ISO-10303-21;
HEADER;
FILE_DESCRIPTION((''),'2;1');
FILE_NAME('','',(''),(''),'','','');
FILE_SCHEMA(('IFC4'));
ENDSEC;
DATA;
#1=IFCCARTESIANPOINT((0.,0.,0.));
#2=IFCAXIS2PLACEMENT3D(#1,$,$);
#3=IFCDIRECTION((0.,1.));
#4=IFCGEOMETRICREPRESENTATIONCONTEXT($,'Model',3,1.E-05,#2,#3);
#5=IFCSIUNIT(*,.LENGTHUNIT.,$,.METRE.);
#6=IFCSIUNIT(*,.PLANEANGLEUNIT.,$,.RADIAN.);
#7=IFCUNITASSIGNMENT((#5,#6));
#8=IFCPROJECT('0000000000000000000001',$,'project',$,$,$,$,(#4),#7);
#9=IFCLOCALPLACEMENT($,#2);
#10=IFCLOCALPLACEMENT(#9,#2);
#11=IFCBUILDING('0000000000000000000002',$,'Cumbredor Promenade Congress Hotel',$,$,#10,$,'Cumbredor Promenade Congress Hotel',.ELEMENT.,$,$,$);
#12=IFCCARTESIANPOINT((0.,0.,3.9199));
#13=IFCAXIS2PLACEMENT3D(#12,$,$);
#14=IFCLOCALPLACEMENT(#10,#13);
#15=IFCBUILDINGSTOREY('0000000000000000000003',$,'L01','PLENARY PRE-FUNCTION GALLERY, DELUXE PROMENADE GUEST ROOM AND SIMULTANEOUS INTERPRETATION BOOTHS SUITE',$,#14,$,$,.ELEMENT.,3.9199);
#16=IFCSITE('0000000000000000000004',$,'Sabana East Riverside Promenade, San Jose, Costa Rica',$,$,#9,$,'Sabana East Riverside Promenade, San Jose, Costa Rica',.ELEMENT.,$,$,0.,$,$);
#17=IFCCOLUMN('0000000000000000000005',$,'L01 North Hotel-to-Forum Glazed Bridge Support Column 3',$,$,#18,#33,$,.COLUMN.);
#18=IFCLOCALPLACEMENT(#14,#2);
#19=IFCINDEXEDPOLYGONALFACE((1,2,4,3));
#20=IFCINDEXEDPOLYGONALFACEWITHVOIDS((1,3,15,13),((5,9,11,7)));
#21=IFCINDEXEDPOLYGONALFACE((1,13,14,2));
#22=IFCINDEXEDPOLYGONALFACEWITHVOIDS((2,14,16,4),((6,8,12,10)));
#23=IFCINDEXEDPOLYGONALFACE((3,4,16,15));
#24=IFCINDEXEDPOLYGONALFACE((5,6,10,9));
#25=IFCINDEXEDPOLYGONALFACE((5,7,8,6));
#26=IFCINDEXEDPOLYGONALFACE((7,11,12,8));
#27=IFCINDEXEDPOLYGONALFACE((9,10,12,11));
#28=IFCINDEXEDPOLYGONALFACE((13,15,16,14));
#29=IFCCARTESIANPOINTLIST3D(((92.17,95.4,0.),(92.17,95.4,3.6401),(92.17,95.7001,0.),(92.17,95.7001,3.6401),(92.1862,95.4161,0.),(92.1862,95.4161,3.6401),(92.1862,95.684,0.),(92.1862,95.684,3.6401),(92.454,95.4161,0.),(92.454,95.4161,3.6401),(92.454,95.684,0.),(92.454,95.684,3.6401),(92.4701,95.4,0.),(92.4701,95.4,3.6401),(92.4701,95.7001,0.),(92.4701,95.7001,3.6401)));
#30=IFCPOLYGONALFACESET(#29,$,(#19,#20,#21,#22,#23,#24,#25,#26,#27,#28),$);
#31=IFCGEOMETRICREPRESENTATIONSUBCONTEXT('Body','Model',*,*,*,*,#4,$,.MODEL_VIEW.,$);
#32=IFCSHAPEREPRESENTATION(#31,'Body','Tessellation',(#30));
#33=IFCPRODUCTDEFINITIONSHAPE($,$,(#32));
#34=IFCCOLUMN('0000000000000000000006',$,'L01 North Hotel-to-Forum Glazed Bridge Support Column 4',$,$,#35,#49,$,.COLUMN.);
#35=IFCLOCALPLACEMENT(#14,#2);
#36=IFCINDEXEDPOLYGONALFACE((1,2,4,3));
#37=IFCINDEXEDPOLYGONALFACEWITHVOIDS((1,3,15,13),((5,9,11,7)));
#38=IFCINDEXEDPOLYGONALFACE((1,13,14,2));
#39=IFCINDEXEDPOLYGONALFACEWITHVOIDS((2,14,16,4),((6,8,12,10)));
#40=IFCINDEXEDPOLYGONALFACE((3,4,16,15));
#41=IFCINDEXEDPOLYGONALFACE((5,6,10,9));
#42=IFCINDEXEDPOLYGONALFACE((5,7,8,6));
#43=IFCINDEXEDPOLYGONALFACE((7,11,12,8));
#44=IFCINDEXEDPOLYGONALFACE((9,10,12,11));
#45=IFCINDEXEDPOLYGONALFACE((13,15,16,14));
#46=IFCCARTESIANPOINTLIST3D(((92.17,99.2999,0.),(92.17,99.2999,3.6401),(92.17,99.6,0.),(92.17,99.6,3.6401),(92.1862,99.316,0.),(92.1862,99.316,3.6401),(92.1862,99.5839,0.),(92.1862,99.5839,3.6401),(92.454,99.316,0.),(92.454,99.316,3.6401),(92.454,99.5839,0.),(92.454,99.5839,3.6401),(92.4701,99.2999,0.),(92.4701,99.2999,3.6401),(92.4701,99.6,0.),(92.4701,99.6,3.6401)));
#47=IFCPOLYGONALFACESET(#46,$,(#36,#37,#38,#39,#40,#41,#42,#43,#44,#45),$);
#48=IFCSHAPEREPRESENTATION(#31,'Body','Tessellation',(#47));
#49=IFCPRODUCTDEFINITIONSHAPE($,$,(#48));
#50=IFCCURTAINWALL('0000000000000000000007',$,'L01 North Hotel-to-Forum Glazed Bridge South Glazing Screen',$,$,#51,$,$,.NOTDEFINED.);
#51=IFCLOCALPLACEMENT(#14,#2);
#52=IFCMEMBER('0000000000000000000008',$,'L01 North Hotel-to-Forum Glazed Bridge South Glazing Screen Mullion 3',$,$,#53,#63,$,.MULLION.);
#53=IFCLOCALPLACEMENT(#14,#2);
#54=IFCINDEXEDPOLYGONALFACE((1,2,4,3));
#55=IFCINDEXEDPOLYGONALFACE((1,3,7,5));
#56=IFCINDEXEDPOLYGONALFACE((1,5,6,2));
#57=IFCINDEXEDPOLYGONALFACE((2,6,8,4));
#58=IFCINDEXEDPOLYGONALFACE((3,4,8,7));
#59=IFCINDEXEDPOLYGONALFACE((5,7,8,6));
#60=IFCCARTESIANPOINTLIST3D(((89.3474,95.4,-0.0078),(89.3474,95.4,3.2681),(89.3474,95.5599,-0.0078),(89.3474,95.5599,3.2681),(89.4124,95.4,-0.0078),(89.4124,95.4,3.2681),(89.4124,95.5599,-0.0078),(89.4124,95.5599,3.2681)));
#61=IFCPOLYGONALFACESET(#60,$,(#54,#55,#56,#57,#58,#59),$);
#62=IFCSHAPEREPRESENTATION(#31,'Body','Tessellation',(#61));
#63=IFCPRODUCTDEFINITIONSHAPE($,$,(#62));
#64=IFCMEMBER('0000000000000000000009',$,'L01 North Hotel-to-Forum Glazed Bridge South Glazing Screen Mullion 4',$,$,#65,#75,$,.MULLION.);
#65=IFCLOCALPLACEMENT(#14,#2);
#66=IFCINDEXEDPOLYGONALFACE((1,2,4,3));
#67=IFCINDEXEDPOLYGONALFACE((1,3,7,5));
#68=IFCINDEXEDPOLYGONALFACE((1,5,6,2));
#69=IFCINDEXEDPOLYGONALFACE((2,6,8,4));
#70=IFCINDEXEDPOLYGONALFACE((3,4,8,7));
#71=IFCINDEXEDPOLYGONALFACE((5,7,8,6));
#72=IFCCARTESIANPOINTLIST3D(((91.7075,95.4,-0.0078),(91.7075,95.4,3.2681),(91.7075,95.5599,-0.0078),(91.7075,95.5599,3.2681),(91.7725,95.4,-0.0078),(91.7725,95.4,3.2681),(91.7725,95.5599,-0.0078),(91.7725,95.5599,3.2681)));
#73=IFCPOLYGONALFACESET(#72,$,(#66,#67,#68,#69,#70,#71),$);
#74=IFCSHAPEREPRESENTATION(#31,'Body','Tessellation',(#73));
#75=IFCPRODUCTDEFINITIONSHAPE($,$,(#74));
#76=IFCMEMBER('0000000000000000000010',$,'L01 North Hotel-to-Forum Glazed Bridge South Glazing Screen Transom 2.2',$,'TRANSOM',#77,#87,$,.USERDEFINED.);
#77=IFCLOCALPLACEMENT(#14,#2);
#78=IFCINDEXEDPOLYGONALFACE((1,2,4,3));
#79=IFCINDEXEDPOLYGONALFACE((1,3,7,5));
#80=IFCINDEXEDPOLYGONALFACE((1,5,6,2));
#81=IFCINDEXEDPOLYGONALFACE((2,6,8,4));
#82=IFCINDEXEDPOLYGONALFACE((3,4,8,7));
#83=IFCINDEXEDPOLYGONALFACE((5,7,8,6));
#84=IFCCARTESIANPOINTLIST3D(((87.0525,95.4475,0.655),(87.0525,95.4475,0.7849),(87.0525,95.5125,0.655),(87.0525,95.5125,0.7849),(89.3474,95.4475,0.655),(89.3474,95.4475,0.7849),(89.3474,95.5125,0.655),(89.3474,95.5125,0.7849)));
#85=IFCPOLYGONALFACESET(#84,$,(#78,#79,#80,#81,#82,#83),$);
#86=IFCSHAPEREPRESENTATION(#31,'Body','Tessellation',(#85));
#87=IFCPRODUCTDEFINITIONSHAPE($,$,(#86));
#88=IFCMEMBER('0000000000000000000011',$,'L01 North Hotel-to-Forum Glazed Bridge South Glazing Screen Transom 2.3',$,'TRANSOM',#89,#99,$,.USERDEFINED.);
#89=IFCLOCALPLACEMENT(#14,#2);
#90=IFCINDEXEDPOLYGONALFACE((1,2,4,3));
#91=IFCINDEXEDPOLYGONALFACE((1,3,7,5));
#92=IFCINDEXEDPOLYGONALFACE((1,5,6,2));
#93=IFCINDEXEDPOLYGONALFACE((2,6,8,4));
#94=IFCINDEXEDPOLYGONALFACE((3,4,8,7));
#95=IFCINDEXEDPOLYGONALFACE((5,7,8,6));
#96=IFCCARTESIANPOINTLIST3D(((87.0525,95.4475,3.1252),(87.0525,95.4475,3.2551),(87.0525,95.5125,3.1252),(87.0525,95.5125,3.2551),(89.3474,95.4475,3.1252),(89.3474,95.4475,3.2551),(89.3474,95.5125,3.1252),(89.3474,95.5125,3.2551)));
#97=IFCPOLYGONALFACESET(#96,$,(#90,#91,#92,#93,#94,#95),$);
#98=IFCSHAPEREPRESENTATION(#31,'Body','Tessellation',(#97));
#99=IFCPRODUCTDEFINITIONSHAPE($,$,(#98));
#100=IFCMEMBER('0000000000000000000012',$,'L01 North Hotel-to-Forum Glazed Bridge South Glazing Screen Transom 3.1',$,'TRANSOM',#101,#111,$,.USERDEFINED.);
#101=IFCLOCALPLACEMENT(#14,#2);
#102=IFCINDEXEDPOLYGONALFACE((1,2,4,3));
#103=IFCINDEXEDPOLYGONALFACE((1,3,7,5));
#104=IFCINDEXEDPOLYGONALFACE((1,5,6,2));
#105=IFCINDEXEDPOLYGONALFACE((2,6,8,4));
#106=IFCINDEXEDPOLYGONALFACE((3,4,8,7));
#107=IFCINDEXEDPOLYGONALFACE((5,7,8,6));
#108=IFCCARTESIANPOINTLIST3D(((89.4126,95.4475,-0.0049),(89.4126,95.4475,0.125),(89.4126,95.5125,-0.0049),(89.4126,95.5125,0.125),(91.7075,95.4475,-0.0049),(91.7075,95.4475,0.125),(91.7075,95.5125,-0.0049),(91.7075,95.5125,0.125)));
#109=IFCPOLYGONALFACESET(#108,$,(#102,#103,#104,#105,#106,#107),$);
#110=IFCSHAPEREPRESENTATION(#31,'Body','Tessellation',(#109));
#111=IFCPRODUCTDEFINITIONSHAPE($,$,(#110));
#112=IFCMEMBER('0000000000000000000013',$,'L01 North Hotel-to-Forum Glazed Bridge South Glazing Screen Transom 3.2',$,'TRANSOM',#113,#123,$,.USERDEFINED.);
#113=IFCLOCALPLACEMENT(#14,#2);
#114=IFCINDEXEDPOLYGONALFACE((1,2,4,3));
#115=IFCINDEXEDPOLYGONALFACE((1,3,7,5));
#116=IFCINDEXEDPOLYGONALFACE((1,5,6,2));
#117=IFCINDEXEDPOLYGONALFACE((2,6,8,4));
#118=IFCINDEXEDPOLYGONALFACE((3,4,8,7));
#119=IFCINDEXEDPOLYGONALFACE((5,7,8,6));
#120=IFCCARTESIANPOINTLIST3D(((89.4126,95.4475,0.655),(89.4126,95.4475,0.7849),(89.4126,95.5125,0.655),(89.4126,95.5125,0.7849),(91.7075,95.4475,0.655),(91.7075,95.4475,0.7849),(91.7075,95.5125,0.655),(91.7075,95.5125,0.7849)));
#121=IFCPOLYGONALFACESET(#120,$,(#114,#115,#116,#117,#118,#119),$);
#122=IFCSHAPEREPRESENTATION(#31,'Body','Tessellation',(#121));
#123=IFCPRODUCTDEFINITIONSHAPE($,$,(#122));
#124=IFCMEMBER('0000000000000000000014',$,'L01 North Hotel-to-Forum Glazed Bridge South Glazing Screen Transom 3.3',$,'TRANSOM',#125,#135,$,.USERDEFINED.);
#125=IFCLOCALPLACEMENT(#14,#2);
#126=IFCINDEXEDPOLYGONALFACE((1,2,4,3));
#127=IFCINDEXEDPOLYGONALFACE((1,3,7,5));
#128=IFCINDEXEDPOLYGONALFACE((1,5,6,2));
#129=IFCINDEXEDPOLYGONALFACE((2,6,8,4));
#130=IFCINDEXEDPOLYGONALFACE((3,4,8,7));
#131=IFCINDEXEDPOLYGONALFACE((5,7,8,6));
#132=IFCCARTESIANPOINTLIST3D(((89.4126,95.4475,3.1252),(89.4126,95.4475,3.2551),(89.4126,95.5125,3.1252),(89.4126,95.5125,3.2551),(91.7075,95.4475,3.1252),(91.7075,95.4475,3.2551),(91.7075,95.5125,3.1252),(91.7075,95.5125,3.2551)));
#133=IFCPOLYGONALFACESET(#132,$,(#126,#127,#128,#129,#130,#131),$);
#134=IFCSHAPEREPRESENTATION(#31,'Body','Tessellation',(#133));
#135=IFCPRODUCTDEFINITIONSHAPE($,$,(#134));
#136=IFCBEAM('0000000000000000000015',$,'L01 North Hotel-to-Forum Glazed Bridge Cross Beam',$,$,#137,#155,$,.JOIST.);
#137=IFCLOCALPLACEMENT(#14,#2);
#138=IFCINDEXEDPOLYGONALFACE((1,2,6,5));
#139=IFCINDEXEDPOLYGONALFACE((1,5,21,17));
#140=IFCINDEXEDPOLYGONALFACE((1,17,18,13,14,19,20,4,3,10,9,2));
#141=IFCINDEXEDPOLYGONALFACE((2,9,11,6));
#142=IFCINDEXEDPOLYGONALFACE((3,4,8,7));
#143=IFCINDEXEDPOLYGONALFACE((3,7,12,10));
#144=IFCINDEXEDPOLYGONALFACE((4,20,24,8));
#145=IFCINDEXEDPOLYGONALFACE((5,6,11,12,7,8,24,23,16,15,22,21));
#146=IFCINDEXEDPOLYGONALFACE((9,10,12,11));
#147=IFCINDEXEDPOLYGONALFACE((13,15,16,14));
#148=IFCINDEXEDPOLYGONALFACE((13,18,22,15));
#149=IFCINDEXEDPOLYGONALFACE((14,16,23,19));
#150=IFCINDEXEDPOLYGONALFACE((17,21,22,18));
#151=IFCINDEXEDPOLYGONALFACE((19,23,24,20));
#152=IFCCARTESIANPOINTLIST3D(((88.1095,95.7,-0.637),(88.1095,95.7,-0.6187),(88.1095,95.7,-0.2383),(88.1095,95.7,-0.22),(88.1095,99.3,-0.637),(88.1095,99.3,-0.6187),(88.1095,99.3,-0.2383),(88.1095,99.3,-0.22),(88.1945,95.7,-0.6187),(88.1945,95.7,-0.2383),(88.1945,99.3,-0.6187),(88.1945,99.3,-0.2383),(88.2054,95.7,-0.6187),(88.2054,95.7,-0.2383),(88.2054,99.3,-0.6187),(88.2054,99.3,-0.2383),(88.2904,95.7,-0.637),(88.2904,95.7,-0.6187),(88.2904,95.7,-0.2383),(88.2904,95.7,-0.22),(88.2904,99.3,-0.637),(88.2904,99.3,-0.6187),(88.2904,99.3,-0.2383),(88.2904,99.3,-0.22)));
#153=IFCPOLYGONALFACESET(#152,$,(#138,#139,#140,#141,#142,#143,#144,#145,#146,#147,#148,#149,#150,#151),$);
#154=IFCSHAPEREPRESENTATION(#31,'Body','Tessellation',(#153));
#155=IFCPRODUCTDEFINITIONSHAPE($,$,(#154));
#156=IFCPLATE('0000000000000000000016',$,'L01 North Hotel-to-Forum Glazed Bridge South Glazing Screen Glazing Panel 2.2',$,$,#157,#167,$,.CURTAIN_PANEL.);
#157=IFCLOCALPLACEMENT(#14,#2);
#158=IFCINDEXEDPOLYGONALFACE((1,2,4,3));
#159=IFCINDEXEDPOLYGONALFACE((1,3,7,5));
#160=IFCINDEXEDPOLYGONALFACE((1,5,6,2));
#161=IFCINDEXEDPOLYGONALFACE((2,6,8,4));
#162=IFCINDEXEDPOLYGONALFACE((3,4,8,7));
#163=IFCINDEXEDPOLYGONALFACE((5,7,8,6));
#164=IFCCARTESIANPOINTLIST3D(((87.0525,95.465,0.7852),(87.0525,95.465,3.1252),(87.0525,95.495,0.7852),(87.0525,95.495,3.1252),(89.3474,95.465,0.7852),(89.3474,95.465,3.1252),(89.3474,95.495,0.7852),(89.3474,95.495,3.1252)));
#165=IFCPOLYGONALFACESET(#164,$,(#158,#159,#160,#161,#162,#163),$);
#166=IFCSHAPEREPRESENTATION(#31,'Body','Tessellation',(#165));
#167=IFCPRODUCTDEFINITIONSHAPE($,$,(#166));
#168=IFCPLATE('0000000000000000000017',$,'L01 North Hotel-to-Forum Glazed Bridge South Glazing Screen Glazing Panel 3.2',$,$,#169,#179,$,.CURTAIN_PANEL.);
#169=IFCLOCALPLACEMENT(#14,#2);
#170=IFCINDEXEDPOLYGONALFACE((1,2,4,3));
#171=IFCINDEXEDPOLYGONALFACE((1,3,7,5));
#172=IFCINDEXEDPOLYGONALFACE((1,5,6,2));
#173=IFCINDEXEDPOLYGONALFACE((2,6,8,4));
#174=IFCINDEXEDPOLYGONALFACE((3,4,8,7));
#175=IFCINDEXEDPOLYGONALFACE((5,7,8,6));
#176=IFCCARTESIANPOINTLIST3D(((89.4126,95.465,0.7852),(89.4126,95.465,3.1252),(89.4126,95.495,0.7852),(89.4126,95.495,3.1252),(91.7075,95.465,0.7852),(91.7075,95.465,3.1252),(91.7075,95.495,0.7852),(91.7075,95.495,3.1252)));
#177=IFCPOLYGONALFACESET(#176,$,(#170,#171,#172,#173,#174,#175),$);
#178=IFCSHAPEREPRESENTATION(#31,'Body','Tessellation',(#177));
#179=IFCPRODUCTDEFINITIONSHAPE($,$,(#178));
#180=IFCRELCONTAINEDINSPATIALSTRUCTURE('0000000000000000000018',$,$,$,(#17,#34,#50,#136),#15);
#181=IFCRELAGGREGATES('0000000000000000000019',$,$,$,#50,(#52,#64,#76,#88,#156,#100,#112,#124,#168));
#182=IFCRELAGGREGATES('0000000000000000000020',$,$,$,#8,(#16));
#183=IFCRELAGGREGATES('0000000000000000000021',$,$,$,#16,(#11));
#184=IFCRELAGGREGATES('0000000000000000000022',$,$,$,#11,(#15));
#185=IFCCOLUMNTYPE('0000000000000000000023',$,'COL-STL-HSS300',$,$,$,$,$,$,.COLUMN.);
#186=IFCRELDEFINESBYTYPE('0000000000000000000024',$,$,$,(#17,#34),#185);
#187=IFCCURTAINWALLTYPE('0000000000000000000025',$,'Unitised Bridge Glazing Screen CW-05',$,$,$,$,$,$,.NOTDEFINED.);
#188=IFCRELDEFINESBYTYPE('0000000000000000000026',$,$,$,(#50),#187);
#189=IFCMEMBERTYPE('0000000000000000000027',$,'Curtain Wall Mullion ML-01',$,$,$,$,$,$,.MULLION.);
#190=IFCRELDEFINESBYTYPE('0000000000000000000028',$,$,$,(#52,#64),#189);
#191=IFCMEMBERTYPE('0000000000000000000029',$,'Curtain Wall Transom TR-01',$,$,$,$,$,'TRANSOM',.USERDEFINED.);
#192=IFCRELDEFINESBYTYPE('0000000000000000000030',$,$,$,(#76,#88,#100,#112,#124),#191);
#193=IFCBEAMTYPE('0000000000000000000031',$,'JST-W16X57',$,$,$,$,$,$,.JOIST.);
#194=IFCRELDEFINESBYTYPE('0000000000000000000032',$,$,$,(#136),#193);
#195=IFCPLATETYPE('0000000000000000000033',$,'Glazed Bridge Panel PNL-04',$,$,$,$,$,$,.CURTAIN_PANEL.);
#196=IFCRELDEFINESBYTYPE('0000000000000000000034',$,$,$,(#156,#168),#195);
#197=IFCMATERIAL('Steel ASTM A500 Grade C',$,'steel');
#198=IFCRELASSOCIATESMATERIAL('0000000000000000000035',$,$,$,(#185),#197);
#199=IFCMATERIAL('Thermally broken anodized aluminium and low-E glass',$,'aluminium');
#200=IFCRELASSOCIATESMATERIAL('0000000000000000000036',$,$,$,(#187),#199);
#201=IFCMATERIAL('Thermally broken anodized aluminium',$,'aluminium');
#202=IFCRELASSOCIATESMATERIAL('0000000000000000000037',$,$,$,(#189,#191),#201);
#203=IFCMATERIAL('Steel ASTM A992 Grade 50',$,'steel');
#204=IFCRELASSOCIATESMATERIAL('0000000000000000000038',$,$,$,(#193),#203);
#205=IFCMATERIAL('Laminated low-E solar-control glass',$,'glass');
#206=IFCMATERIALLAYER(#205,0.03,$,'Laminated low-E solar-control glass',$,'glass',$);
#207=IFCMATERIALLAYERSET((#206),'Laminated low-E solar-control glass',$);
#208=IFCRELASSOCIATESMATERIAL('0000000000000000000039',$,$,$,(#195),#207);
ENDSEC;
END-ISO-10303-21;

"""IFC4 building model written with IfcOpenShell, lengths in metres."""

from ifc_helpers import new_model, si_unit, direction, frame, origin, origin_2d, place, context, subcontext, project, spatial, rectangle, hollow_rectangle, i_section, extrude, material, layer, layer_set, material_profile, profile_set, type_object, element, aggregate, save


model = new_model("IFC4")

# Units and contexts
model_context = context("Model", 3, precision=1e-05, world=origin(), true_north=direction((0.0, 1.0)))
body_context = subcontext(model_context, "Body", "Model", "MODEL_VIEW")
ifc_project = project(units=[si_unit("LENGTHUNIT", "METRE"), si_unit("PLANEANGLEUNIT", "RADIAN")], contexts=[model_context])

# Site, building, storey
site_placement = place(None, origin())
site = spatial("IfcSite", under=ifc_project, at=site_placement, Name="Sabana East Riverside Promenade, San Jose, Costa Rica", LongName="Sabana East Riverside Promenade, San Jose, Costa Rica", CompositionType="ELEMENT", RefElevation=0.0)
building_placement = place(site_placement, origin())
building = spatial("IfcBuilding", under=site, at=building_placement, Name="Cumbredor Promenade Congress Hotel", LongName="Cumbredor Promenade Congress Hotel", CompositionType="ELEMENT")
storey_placement = place(building_placement, frame((0.0, 0.0, 3.9199)))
storey = spatial("IfcBuildingStorey", under=building, at=storey_placement, Name="L01", Description="PLENARY PRE-FUNCTION GALLERY, DELUXE PROMENADE GUEST ROOM AND SIMULTANEOUS INTERPRETATION BOOTHS SUITE", CompositionType="ELEMENT", Elevation=3.9199)

# Columns
ifc_material_1 = material(Name="Steel ASTM A500 Grade C", Category="steel")
ifc_material_profile_1 = material_profile(ifc_material_1, hollow_rectangle(XDim=0.3, YDim=0.3, WallThickness=0.0161, at=origin_2d()), Name="HSS 300x300x16")
ifc_profile_set_1 = profile_set([ifc_material_profile_1], Name="Steel ASTM A500 Grade C")
column_type = type_object("IfcColumnType", Name="COL-STL-HSS300", PredefinedType="COLUMN", material=ifc_profile_set_1)
for number, where, z_axis, x_axis, name in (
    (1, (92.3201, 95.55, 0.0), (0.0, 0.0, 1.0), (1.0, 0.0, 0.0), "L01 North Hotel-to-Forum Glazed Bridge Support Column 3"),
    (2, (92.3201, 99.45, 0.0), (0.0, 0.0, 1.0), (1.0, 0.0, 0.0), "L01 North Hotel-to-Forum Glazed Bridge Support Column 4"),
):
    element("IfcColumn", number, at=place(storey_placement, frame(where, z_axis=z_axis, x_axis=x_axis)), inside=storey, type_object=column_type, Name=name, PredefinedType="COLUMN", context=body_context, shape_type="SweptSolid", body=[
        extrude(hollow_rectangle(XDim=0.3, YDim=0.3, WallThickness=0.0161, at=origin_2d()), origin(), (0.0, 0.0, 1.0), 3.6401),
    ])

# Curtain wall, members
ifc_material_2 = material(Name="Thermally broken anodized aluminium and low-E glass", Category="aluminium")
curtain_wall_type = type_object("IfcCurtainWallType", Name="Unitised Bridge Glazing Screen CW-05", PredefinedType="NOTDEFINED", material=ifc_material_2)
curtain_wall_placement = place(storey_placement, origin())
curtain_wall = element("IfcCurtainWall", 3, at=curtain_wall_placement, inside=storey, type_object=curtain_wall_type, Name="L01 North Hotel-to-Forum Glazed Bridge South Glazing Screen", PredefinedType="NOTDEFINED")
ifc_material_3 = material(Name="Thermally broken anodized aluminium", Category="aluminium")
ifc_material_profile_2 = material_profile(ifc_material_3, rectangle(XDim=0.0649, YDim=0.1599, at=origin_2d()), Name="ALU MULLION 65x160")
ifc_profile_set_2 = profile_set([ifc_material_profile_2], Name="Thermally broken anodized aluminium")
member_type_1 = type_object("IfcMemberType", Name="Curtain Wall Mullion ML-01", PredefinedType="MULLION", material=ifc_profile_set_2)
member_1_placement = place(storey_placement, frame((89.3799, 95.48, -0.0078), z_axis=(0.0, 0.0, 1.0), x_axis=(1.0, 0.0, 0.0)))
member_1 = element("IfcMember", 4, at=member_1_placement, type_object=member_type_1, Name="L01 North Hotel-to-Forum Glazed Bridge South Glazing Screen Mullion 3", PredefinedType="MULLION", context=body_context, shape_type="SweptSolid", body=[
    extrude(rectangle(XDim=0.0649, YDim=0.1599, at=origin_2d()), origin(), (0.0, 0.0, 1.0), 3.2759),
])
member_2_placement = place(storey_placement, frame((91.74, 95.48, -0.0078), z_axis=(0.0, 0.0, 1.0), x_axis=(1.0, 0.0, 0.0)))
member_2 = element("IfcMember", 5, at=member_2_placement, type_object=member_type_1, Name="L01 North Hotel-to-Forum Glazed Bridge South Glazing Screen Mullion 4", PredefinedType="MULLION", context=body_context, shape_type="SweptSolid", body=[
    extrude(rectangle(XDim=0.0649, YDim=0.1599, at=origin_2d()), origin(), (0.0, 0.0, 1.0), 3.2759),
])
ifc_material_profile_3 = material_profile(ifc_material_3, rectangle(XDim=0.0649, YDim=0.1299, at=origin_2d()), Name="ALU TRANSOM 65x130")
ifc_profile_set_3 = profile_set([ifc_material_profile_3], Name="Thermally broken anodized aluminium")
member_type_2 = type_object("IfcMemberType", Name="Curtain Wall Transom TR-01", ElementType="TRANSOM", PredefinedType="USERDEFINED", material=ifc_profile_set_3)
member_3_placement = place(storey_placement, frame((87.0525, 95.48, 0.72), z_axis=(1.0, 0.0, 0.0), x_axis=(0.0, 1.0, 0.0)))
member_3 = element("IfcMember", 6, at=member_3_placement, type_object=member_type_2, Name="L01 North Hotel-to-Forum Glazed Bridge South Glazing Screen Transom 2.2", ObjectType="TRANSOM", PredefinedType="USERDEFINED", context=body_context, shape_type="SweptSolid", body=[
    extrude(rectangle(XDim=0.0649, YDim=0.1299, at=origin_2d()), origin(), (0.0, 0.0, 1.0), 2.2949),
])
member_4_placement = place(storey_placement, frame((87.0525, 95.48, 3.1902), z_axis=(1.0, 0.0, 0.0), x_axis=(0.0, 1.0, 0.0)))
member_4 = element("IfcMember", 7, at=member_4_placement, type_object=member_type_2, Name="L01 North Hotel-to-Forum Glazed Bridge South Glazing Screen Transom 2.3", ObjectType="TRANSOM", PredefinedType="USERDEFINED", context=body_context, shape_type="SweptSolid", body=[
    extrude(rectangle(XDim=0.0649, YDim=0.1299, at=origin_2d()), origin(), (0.0, 0.0, 1.0), 2.2949),
])
member_5_placement = place(storey_placement, frame((89.4126, 95.48, 0.0601), z_axis=(1.0, 0.0, 0.0), x_axis=(0.0, 1.0, 0.0)))
member_5 = element("IfcMember", 8, at=member_5_placement, type_object=member_type_2, Name="L01 North Hotel-to-Forum Glazed Bridge South Glazing Screen Transom 3.1", ObjectType="TRANSOM", PredefinedType="USERDEFINED", context=body_context, shape_type="SweptSolid", body=[
    extrude(rectangle(XDim=0.0649, YDim=0.1299, at=origin_2d()), origin(), (0.0, 0.0, 1.0), 2.2949),
])
member_6_placement = place(storey_placement, frame((89.4126, 95.48, 0.72), z_axis=(1.0, 0.0, 0.0), x_axis=(0.0, 1.0, 0.0)))
member_6 = element("IfcMember", 9, at=member_6_placement, type_object=member_type_2, Name="L01 North Hotel-to-Forum Glazed Bridge South Glazing Screen Transom 3.2", ObjectType="TRANSOM", PredefinedType="USERDEFINED", context=body_context, shape_type="SweptSolid", body=[
    extrude(rectangle(XDim=0.0649, YDim=0.1299, at=origin_2d()), origin(), (0.0, 0.0, 1.0), 2.2949),
])
member_7_placement = place(storey_placement, frame((89.4126, 95.48, 3.1902), z_axis=(1.0, 0.0, 0.0), x_axis=(0.0, 1.0, 0.0)))
member_7 = element("IfcMember", 10, at=member_7_placement, type_object=member_type_2, Name="L01 North Hotel-to-Forum Glazed Bridge South Glazing Screen Transom 3.3", ObjectType="TRANSOM", PredefinedType="USERDEFINED", context=body_context, shape_type="SweptSolid", body=[
    extrude(rectangle(XDim=0.0649, YDim=0.1299, at=origin_2d()), origin(), (0.0, 0.0, 1.0), 2.2949),
])

# Beam
ifc_material_4 = material(Name="Steel ASTM A992 Grade 50", Category="steel")
ifc_material_profile_4 = material_profile(ifc_material_4, i_section(OverallWidth=0.1809, OverallDepth=0.417, WebThickness=0.011, FlangeThickness=0.0183, at=origin_2d()), Name="W16X57")
ifc_profile_set_4 = profile_set([ifc_material_profile_4], Name="Steel ASTM A992 Grade 50")
beam_type = type_object("IfcBeamType", Name="JST-W16X57", PredefinedType="JOIST", material=ifc_profile_set_4)
beam_placement = place(storey_placement, frame((88.2, 95.7, -0.4285), z_axis=(0.0, 1.0, 0.0), x_axis=(-1.0, 0.0, 0.0)))
element("IfcBeam", 11, at=beam_placement, inside=storey, type_object=beam_type, Name="L01 North Hotel-to-Forum Glazed Bridge Cross Beam", PredefinedType="JOIST", context=body_context, shape_type="SweptSolid", body=[
    extrude(i_section(OverallWidth=0.1809, OverallDepth=0.417, WebThickness=0.011, FlangeThickness=0.0183, at=origin_2d()), origin(), (0.0, 0.0, 1.0), 3.6001),
])

# Plates
ifc_material_5 = material(Name="Laminated low-E solar-control glass", Category="glass")
ifc_layer_1 = layer(ifc_material_5, 0.03, Name="Laminated low-E solar-control glass", Category="glass")
ifc_layer_set_1 = layer_set([ifc_layer_1], Name="Laminated low-E solar-control glass")
plate_type_1 = type_object("IfcPlateType", Name="Glazed Bridge Panel PNL-04", PredefinedType="CURTAIN_PANEL", material=ifc_layer_set_1)
plate_1_placement = place(storey_placement, frame((88.2, 95.48, 0.7852), z_axis=(0.0, 0.0, 1.0), x_axis=(1.0, 0.0, 0.0)))
plate_1 = element("IfcPlate", 12, at=plate_1_placement, type_object=plate_type_1, Name="L01 North Hotel-to-Forum Glazed Bridge South Glazing Screen Glazing Panel 2.2", PredefinedType="CURTAIN_PANEL", context=body_context, shape_type="SweptSolid", body=[
    extrude(rectangle(XDim=2.2949, YDim=0.03, at=origin_2d()), origin(), (0.0, 0.0, 1.0), 2.3401),
])
plate_2_placement = place(storey_placement, frame((90.5601, 95.48, 0.7852), z_axis=(0.0, 0.0, 1.0), x_axis=(1.0, 0.0, 0.0)))
plate_2 = element("IfcPlate", 13, at=plate_2_placement, type_object=plate_type_1, Name="L01 North Hotel-to-Forum Glazed Bridge South Glazing Screen Glazing Panel 3.2", PredefinedType="CURTAIN_PANEL", context=body_context, shape_type="SweptSolid", body=[
    extrude(rectangle(XDim=2.2949, YDim=0.03, at=origin_2d()), origin(), (0.0, 0.0, 1.0), 2.3401),
])

aggregate(curtain_wall, [member_1, member_2, member_3, member_4, plate_1, member_5, member_6, member_7, plate_2])

save(model, "model.ifc")
